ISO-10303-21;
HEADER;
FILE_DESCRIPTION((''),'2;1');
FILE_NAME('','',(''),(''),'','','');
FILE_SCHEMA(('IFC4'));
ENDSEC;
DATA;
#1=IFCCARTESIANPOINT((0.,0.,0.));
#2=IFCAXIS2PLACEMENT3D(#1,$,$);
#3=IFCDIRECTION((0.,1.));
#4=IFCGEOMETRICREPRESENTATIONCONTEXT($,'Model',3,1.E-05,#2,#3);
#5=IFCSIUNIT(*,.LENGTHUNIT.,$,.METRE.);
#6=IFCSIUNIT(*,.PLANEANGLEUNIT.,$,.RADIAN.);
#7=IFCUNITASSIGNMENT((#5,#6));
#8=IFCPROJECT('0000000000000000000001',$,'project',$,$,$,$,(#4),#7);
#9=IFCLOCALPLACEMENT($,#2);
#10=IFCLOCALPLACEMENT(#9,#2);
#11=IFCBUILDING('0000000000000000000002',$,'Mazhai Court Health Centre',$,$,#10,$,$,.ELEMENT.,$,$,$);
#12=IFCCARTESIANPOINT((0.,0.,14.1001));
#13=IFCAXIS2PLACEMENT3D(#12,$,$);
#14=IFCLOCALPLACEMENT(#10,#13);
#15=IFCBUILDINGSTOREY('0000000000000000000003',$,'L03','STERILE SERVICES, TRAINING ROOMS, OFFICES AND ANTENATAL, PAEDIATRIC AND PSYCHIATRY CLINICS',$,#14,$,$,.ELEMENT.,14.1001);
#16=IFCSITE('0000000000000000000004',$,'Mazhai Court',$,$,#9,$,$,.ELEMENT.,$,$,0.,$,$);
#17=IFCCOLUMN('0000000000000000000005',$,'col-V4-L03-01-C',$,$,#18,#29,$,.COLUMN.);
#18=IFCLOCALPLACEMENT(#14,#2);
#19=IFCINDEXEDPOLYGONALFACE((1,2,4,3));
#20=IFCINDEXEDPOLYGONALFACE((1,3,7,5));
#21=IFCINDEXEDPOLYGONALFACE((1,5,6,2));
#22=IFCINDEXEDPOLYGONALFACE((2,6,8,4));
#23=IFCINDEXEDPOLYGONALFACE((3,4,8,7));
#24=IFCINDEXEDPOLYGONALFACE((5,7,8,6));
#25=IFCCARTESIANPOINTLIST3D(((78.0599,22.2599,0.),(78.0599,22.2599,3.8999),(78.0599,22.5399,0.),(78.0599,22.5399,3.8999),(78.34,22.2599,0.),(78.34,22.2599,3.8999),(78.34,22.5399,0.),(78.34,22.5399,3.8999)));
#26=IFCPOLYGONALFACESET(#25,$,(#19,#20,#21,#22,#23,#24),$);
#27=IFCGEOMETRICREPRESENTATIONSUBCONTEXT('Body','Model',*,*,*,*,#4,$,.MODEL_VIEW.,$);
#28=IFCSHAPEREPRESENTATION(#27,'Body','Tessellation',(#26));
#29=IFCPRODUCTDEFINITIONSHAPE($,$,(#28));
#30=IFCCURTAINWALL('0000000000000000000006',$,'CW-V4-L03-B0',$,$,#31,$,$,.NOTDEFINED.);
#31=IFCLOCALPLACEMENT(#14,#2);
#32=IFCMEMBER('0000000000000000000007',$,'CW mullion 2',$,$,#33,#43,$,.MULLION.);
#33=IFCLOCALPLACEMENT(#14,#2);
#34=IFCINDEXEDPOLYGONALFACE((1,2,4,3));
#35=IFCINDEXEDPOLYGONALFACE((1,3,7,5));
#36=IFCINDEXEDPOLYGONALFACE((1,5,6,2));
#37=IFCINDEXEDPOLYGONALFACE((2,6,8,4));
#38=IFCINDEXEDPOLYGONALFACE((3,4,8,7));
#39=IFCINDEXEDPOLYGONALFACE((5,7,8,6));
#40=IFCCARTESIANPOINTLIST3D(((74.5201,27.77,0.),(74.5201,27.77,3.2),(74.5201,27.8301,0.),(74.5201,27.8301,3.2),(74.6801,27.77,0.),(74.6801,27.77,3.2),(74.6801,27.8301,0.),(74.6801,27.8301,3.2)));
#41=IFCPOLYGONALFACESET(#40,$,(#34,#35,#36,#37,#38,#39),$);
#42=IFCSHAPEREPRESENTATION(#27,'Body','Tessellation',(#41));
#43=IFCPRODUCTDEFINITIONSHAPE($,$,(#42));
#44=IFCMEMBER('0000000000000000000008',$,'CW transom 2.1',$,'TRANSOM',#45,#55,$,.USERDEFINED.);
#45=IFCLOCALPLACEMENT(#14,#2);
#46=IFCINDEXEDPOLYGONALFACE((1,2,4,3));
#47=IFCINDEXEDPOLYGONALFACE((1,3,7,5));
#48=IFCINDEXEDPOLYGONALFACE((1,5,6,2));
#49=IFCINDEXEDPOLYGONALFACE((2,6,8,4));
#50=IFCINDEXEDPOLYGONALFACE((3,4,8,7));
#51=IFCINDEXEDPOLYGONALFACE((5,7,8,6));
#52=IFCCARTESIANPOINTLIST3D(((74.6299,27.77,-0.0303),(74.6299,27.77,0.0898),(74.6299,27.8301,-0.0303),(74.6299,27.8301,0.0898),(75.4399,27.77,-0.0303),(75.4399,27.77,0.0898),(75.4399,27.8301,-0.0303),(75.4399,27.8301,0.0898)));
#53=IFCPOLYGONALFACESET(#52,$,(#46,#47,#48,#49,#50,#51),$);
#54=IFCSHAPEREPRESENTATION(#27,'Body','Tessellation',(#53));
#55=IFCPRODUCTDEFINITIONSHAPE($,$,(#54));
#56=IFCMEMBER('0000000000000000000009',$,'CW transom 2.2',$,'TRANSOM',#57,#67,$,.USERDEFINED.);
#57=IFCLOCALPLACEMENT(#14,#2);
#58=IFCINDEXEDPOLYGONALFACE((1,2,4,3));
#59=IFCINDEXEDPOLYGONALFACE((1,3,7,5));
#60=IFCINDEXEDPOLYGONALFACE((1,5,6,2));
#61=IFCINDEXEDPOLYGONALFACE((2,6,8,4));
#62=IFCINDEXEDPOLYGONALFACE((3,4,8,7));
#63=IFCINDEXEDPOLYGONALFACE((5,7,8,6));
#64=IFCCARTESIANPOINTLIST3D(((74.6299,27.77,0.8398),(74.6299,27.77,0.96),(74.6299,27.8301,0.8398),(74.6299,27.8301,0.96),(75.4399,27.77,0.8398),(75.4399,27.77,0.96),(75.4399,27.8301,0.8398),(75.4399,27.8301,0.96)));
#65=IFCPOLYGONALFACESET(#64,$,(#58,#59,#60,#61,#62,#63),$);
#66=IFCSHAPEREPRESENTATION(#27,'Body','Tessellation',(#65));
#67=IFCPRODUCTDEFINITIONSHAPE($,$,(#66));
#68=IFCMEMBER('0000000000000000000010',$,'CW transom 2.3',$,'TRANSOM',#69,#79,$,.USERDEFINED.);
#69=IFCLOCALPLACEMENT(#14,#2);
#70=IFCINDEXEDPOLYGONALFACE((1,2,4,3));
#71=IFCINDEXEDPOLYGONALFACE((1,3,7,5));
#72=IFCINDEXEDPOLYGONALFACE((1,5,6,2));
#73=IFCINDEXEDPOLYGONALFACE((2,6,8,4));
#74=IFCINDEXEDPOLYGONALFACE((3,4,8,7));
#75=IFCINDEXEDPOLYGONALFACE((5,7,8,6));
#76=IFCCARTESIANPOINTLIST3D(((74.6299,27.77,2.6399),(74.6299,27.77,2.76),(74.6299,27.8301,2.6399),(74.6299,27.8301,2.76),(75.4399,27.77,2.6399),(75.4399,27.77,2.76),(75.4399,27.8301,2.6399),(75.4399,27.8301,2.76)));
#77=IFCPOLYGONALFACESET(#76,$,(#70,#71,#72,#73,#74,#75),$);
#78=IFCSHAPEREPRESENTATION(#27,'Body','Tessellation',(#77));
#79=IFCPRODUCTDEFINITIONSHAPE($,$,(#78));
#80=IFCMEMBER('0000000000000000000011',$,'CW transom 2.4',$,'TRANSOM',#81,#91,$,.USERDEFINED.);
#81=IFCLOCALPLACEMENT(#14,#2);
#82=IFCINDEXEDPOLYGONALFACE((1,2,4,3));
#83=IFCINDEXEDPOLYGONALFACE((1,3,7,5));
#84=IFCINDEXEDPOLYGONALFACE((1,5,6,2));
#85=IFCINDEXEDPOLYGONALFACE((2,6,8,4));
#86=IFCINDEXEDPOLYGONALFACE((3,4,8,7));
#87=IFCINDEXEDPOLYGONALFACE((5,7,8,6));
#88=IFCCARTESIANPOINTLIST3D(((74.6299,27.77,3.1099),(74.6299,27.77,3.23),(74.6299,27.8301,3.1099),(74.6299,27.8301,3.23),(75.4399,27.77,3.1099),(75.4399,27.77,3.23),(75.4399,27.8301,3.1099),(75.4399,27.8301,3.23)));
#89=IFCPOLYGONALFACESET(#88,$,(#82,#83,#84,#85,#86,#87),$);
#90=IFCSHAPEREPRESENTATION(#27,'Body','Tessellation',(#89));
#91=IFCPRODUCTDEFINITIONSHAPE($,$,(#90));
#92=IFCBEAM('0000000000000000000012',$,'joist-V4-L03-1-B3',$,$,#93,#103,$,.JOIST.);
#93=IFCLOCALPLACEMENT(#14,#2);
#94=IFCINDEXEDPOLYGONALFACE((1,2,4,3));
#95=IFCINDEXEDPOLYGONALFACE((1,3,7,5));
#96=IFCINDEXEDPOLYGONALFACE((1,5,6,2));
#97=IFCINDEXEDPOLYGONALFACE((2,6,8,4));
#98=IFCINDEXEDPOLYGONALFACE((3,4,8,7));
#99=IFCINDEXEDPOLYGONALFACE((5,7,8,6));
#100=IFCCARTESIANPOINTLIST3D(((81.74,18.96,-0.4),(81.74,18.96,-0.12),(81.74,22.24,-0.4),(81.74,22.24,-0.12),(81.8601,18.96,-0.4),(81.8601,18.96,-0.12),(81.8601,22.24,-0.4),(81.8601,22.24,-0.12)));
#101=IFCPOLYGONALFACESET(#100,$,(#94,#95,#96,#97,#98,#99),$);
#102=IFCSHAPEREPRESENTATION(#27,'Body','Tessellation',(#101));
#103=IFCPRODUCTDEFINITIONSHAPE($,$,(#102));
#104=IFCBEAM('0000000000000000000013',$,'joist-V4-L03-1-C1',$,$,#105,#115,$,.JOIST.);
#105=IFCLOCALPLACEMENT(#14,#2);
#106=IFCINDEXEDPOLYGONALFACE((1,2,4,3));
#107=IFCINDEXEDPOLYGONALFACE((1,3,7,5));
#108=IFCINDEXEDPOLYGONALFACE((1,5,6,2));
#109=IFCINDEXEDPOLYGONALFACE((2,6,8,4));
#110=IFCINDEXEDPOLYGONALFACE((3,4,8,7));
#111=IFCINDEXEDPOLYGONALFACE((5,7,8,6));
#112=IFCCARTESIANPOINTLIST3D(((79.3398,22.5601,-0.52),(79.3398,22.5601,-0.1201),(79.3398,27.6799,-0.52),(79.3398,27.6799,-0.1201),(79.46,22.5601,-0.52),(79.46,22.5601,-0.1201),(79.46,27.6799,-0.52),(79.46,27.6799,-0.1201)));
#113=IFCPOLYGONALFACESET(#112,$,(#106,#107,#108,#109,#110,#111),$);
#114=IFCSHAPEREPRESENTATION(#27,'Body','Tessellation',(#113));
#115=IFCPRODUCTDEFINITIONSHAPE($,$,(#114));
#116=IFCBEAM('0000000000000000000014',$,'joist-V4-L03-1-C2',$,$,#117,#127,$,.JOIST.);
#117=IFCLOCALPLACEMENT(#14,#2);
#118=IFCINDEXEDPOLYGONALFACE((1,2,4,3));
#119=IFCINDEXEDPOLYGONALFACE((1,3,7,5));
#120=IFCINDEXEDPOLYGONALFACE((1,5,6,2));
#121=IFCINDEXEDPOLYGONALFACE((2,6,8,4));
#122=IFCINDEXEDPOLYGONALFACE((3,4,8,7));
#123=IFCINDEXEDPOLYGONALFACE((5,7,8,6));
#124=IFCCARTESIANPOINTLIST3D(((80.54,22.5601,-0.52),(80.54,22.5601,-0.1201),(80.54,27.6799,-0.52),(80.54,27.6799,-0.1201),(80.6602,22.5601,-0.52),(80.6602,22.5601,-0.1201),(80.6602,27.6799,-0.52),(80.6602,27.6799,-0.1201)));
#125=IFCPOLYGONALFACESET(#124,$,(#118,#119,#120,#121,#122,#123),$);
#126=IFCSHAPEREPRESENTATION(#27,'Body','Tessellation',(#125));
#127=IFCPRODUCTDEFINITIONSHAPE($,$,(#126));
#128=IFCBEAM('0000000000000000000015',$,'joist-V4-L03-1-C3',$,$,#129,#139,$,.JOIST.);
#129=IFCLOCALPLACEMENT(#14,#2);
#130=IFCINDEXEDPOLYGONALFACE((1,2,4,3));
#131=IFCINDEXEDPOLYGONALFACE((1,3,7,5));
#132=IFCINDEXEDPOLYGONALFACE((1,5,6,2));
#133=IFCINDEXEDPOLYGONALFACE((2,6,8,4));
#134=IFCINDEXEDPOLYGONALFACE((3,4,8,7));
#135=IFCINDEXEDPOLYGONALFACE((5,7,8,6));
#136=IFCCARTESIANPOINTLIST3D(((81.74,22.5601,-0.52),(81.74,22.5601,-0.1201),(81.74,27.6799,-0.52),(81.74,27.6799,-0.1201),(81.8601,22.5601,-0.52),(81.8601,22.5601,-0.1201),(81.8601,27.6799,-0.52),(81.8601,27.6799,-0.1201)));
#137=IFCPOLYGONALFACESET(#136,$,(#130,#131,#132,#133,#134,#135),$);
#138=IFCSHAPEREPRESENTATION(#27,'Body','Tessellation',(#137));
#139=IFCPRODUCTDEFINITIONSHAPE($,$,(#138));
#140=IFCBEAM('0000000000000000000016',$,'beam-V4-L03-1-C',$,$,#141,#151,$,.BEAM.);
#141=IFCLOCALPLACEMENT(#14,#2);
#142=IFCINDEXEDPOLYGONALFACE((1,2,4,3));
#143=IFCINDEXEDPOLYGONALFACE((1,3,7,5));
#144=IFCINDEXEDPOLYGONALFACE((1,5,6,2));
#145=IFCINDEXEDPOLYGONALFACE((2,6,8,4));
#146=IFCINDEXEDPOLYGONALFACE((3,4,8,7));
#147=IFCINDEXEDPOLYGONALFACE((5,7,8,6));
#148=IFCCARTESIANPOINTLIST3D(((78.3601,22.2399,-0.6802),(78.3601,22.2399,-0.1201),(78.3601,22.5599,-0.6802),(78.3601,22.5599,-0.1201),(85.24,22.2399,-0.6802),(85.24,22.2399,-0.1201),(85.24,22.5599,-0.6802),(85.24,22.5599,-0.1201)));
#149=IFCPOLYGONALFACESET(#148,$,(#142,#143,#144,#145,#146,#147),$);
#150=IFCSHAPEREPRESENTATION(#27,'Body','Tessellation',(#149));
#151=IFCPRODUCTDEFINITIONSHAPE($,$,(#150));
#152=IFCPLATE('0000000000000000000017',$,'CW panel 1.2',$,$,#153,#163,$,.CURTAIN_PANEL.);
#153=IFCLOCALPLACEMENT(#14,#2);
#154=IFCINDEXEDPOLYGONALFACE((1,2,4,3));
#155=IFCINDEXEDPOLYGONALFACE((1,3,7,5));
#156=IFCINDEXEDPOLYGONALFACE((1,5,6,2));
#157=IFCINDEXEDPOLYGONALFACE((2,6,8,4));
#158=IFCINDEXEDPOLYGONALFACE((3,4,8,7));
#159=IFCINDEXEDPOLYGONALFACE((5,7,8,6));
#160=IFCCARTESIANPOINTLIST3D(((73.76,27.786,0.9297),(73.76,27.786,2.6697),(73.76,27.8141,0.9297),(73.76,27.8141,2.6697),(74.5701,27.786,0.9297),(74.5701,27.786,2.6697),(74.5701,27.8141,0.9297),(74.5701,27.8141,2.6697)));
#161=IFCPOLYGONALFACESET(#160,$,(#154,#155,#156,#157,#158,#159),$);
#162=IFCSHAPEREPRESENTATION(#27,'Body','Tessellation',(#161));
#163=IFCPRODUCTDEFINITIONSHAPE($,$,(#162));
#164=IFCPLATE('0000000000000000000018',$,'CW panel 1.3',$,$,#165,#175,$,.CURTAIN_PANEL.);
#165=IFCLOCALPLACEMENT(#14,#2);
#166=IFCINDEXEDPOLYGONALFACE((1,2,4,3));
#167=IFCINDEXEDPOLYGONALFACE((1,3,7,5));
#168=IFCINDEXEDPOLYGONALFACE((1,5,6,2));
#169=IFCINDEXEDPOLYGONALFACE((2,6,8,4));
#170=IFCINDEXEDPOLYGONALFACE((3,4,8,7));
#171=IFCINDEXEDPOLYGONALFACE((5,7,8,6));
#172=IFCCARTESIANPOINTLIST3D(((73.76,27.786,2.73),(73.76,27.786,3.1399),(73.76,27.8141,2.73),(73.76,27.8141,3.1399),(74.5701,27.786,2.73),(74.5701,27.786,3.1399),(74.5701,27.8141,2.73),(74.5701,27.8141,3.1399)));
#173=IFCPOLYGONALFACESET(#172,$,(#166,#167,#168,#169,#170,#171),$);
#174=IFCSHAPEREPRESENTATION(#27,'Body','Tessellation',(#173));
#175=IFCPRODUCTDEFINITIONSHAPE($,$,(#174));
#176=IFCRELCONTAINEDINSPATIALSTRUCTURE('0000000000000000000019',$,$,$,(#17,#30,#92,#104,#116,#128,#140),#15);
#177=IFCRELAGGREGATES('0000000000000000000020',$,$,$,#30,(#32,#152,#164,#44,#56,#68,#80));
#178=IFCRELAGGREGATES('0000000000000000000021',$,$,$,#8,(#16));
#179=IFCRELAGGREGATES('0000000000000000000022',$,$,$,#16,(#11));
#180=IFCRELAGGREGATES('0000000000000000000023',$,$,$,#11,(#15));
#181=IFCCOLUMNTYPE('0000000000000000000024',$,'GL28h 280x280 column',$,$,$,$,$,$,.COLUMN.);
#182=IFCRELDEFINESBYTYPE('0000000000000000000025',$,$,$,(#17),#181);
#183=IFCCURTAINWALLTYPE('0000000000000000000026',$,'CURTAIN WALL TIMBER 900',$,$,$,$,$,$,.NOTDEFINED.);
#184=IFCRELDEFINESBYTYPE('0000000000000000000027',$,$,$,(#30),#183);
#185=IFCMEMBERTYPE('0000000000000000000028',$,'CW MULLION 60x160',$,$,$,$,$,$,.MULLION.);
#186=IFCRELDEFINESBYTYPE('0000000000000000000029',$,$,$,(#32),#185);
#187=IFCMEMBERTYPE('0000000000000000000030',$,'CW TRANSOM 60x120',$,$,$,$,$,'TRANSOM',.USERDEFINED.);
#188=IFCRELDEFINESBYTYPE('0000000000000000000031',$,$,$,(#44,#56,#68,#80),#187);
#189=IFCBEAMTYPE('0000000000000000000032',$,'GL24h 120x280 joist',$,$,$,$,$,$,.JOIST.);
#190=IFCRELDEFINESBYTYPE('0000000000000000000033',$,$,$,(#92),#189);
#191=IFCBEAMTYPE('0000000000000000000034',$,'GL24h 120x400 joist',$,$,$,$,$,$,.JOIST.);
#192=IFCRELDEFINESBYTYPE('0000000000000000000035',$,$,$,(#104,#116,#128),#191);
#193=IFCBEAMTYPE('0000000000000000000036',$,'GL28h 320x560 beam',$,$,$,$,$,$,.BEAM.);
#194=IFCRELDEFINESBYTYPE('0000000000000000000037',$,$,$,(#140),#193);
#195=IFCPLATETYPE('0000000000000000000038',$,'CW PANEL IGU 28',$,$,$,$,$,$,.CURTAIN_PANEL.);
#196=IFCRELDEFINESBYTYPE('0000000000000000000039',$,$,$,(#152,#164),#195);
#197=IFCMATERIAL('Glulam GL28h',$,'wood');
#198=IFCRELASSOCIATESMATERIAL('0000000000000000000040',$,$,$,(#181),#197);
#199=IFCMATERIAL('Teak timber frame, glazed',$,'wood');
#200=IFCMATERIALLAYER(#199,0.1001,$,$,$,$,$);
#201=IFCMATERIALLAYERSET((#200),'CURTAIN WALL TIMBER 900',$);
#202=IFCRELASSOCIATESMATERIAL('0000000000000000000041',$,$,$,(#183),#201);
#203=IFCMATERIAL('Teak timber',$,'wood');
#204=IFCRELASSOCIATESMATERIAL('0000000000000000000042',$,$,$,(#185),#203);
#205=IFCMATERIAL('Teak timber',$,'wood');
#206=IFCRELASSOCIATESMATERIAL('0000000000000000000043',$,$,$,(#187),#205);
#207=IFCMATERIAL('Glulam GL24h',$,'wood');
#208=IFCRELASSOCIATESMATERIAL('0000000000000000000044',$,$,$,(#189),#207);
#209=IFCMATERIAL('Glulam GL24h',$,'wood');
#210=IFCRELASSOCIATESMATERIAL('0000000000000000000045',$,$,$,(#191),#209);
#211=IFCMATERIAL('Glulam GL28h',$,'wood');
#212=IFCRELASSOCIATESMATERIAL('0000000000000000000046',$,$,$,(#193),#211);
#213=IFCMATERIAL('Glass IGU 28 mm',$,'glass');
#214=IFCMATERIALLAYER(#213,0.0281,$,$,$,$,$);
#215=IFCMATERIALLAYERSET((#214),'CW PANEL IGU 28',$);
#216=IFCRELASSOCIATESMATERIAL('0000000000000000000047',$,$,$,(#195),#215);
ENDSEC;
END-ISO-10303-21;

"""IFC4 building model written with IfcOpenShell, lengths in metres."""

from ifc_helpers import new_model, si_unit, direction, frame, origin, origin_2d, place, context, subcontext, project, spatial, rectangle, extrude, material, layer, layer_set, material_profile, profile_set, type_object, element, aggregate, save


model = new_model("IFC4")

# Units and contexts
model_context = context("Model", 3, precision=1e-05, world=origin(), true_north=direction((0.0, 1.0)))
body_context = subcontext(model_context, "Body", "Model", "MODEL_VIEW")
ifc_project = project(units=[si_unit("LENGTHUNIT", "METRE"), si_unit("PLANEANGLEUNIT", "RADIAN")], contexts=[model_context])

# Site, building, storey
site_placement = place(None, origin())
site = spatial("IfcSite", under=ifc_project, at=site_placement, Name="Mazhai Court", CompositionType="ELEMENT", RefElevation=0.0)
building_placement = place(site_placement, origin())
building = spatial("IfcBuilding", under=site, at=building_placement, Name="Mazhai Court Health Centre", CompositionType="ELEMENT")
storey_placement = place(building_placement, frame((0.0, 0.0, 14.1001)))
storey = spatial("IfcBuildingStorey", under=building, at=storey_placement, Name="L03", Description="STERILE SERVICES, TRAINING ROOMS, OFFICES AND ANTENATAL, PAEDIATRIC AND PSYCHIATRY CLINICS", CompositionType="ELEMENT", Elevation=14.1001)

# Column
ifc_material_1 = material(Name="Glulam GL28h", Category="wood")
ifc_material_profile_1 = material_profile(ifc_material_1, rectangle(XDim=0.28, YDim=0.28, at=origin_2d()), Name="GL28h 280x280")
ifc_profile_set_1 = profile_set([ifc_material_profile_1], Name="Glulam GL28h")
column_type = type_object("IfcColumnType", Name="GL28h 280x280 column", PredefinedType="COLUMN", material=ifc_profile_set_1)
column_placement = place(storey_placement, frame((78.2, 22.3999, 0.0), z_axis=(0.0, 0.0, 1.0), x_axis=(1.0, 0.0, 0.0)))
element("IfcColumn", 1, at=column_placement, inside=storey, type_object=column_type, Name="col-V4-L03-01-C", PredefinedType="COLUMN", context=body_context, shape_type="SweptSolid", body=[
    extrude(rectangle(XDim=0.28, YDim=0.28, at=origin_2d()), origin(), (0.0, 0.0, 1.0), 3.8999),
])

# Curtain wall, members
ifc_material_2 = material(Name="Teak timber frame, glazed", Category="wood")
ifc_layer_1 = layer(ifc_material_2, 0.1001)
ifc_layer_set_1 = layer_set([ifc_layer_1], Name="CURTAIN WALL TIMBER 900")
curtain_wall_type = type_object("IfcCurtainWallType", Name="CURTAIN WALL TIMBER 900", PredefinedType="NOTDEFINED", material=ifc_layer_set_1)
curtain_wall_placement = place(storey_placement, origin())
curtain_wall = element("IfcCurtainWall", 2, at=curtain_wall_placement, inside=storey, type_object=curtain_wall_type, Name="CW-V4-L03-B0", PredefinedType="NOTDEFINED")
ifc_material_3 = material(Name="Teak timber", Category="wood")
ifc_material_profile_2 = material_profile(ifc_material_3, rectangle(XDim=0.0601, YDim=0.1599, at=origin_2d()), Name="CW MULLION 60x160")
ifc_profile_set_2 = profile_set([ifc_material_profile_2], Name="Teak timber")
member_type_1 = type_object("IfcMemberType", Name="CW MULLION 60x160", PredefinedType="MULLION", material=ifc_profile_set_2)
member_1_placement = place(storey_placement, frame((74.6001, 27.8, 0.0), z_axis=(0.0, 0.0, 1.0), x_axis=(0.0, 1.0, 0.0)))
member_1 = element("IfcMember", 3, at=member_1_placement, type_object=member_type_1, Name="CW mullion 2", PredefinedType="MULLION", context=body_context, shape_type="SweptSolid", body=[
    extrude(rectangle(XDim=0.0601, YDim=0.1599, at=origin_2d()), origin(), (0.0, 0.0, 1.0), 3.2),
])
ifc_material_4 = material(Name="Teak timber", Category="wood")
ifc_material_profile_3 = material_profile(ifc_material_4, rectangle(XDim=0.0601, YDim=0.1201, at=origin_2d()), Name="CW TRANSOM 60x120")
ifc_profile_set_3 = profile_set([ifc_material_profile_3], Name="Teak timber")
member_type_2 = type_object("IfcMemberType", Name="CW TRANSOM 60x120", ElementType="TRANSOM", PredefinedType="USERDEFINED", material=ifc_profile_set_3)
member_2_placement = place(storey_placement, frame((74.6299, 27.8, 0.0298), z_axis=(1.0, 0.0, 0.0), x_axis=(0.0, 1.0, 0.0)))
member_2 = element("IfcMember", 4, at=member_2_placement, type_object=member_type_2, Name="CW transom 2.1", ObjectType="TRANSOM", PredefinedType="USERDEFINED", context=body_context, shape_type="SweptSolid", body=[
    extrude(rectangle(XDim=0.0601, YDim=0.1201, at=origin_2d()), origin(), (0.0, 0.0, 1.0), 0.8101),
])
member_3_placement = place(storey_placement, frame((74.6299, 27.8, 0.8999), z_axis=(1.0, 0.0, 0.0), x_axis=(0.0, 1.0, 0.0)))
member_3 = element("IfcMember", 5, at=member_3_placement, type_object=member_type_2, Name="CW transom 2.2", ObjectType="TRANSOM", PredefinedType="USERDEFINED", context=body_context, shape_type="SweptSolid", body=[
    extrude(rectangle(XDim=0.0601, YDim=0.1201, at=origin_2d()), origin(), (0.0, 0.0, 1.0), 0.8101),
])
member_4_placement = place(storey_placement, frame((74.6299, 27.8, 2.7), z_axis=(1.0, 0.0, 0.0), x_axis=(0.0, 1.0, 0.0)))
member_4 = element("IfcMember", 6, at=member_4_placement, type_object=member_type_2, Name="CW transom 2.3", ObjectType="TRANSOM", PredefinedType="USERDEFINED", context=body_context, shape_type="SweptSolid", body=[
    extrude(rectangle(XDim=0.0601, YDim=0.1201, at=origin_2d()), origin(), (0.0, 0.0, 1.0), 0.8101),
])
member_5_placement = place(storey_placement, frame((74.6299, 27.8, 3.1699), z_axis=(1.0, 0.0, 0.0), x_axis=(0.0, 1.0, 0.0)))
member_5 = element("IfcMember", 7, at=member_5_placement, type_object=member_type_2, Name="CW transom 2.4", ObjectType="TRANSOM", PredefinedType="USERDEFINED", context=body_context, shape_type="SweptSolid", body=[
    extrude(rectangle(XDim=0.0601, YDim=0.1201, at=origin_2d()), origin(), (0.0, 0.0, 1.0), 0.8101),
])

# Beams
ifc_material_5 = material(Name="Glulam GL24h", Category="wood")
ifc_material_profile_4 = material_profile(ifc_material_5, rectangle(XDim=0.1201, YDim=0.28, at=origin_2d()), Name="GL24h 120x280")
ifc_profile_set_4 = profile_set([ifc_material_profile_4], Name="Glulam GL24h")
beam_type_1 = type_object("IfcBeamType", Name="GL24h 120x280 joist", PredefinedType="JOIST", material=ifc_profile_set_4)
beam_1_placement = place(storey_placement, frame((81.8, 18.96, -0.26), z_axis=(0.0, 1.0, 0.0), x_axis=(-1.0, 0.0, 0.0)))
element("IfcBeam", 8, at=beam_1_placement, inside=storey, type_object=beam_type_1, Name="joist-V4-L03-1-B3", PredefinedType="JOIST", context=body_context, shape_type="SweptSolid", body=[
    extrude(rectangle(XDim=0.1201, YDim=0.28, at=origin_2d()), origin(), (0.0, 0.0, 1.0), 3.28),
])
ifc_material_6 = material(Name="Glulam GL24h", Category="wood")
ifc_material_profile_5 = material_profile(ifc_material_6, rectangle(XDim=0.1201, YDim=0.3999, at=origin_2d()), Name="GL24h 120x400")
ifc_profile_set_5 = profile_set([ifc_material_profile_5], Name="Glulam GL24h")
beam_type_2 = type_object("IfcBeamType", Name="GL24h 120x400 joist", PredefinedType="JOIST", material=ifc_profile_set_5)
for number, where, z_axis, x_axis, name in (
    (9, (79.3999, 22.5601, -0.3201), (0.0, 1.0, 0.0), (-1.0, 0.0, 0.0), "joist-V4-L03-1-C1"),
    (10, (80.6001, 22.5601, -0.3201), (0.0, 1.0, 0.0), (-1.0, 0.0, 0.0), "joist-V4-L03-1-C2"),
    (11, (81.8, 22.5601, -0.3201), (0.0, 1.0, 0.0), (-1.0, 0.0, 0.0), "joist-V4-L03-1-C3"),
):
    element("IfcBeam", number, at=place(storey_placement, frame(where, z_axis=z_axis, x_axis=x_axis)), inside=storey, type_object=beam_type_2, Name=name, PredefinedType="JOIST", context=body_context, shape_type="SweptSolid", body=[
        extrude(rectangle(XDim=0.1201, YDim=0.3999, at=origin_2d()), origin(), (0.0, 0.0, 1.0), 5.1199),
    ])
ifc_material_7 = material(Name="Glulam GL28h", Category="wood")
ifc_material_profile_6 = material_profile(ifc_material_7, rectangle(XDim=0.3201, YDim=0.5601, at=origin_2d()), Name="GL28h 320x560")
ifc_profile_set_6 = profile_set([ifc_material_profile_6], Name="Glulam GL28h")
beam_type_3 = type_object("IfcBeamType", Name="GL28h 320x560 beam", PredefinedType="BEAM", material=ifc_profile_set_6)
beam_2_placement = place(storey_placement, frame((78.3601, 22.3999, -0.4001), z_axis=(1.0, 0.0, 0.0), x_axis=(0.0, 1.0, 0.0)))
element("IfcBeam", 12, at=beam_2_placement, inside=storey, type_object=beam_type_3, Name="beam-V4-L03-1-C", PredefinedType="BEAM", context=body_context, shape_type="SweptSolid", body=[
    extrude(rectangle(XDim=0.3201, YDim=0.5601, at=origin_2d()), origin(), (0.0, 0.0, 1.0), 6.8799),
])

# Plates
ifc_material_8 = material(Name="Glass IGU 28 mm", Category="glass")
ifc_layer_2 = layer(ifc_material_8, 0.0281)
ifc_layer_set_2 = layer_set([ifc_layer_2], Name="CW PANEL IGU 28")
plate_type = type_object("IfcPlateType", Name="CW PANEL IGU 28", PredefinedType="CURTAIN_PANEL", material=ifc_layer_set_2)
plate_1_placement = place(storey_placement, frame((74.165, 27.8, 0.9297), z_axis=(0.0, 0.0, 1.0), x_axis=(1.0, 0.0, 0.0)))
plate_1 = element("IfcPlate", 13, at=plate_1_placement, type_object=plate_type, Name="CW panel 1.2", PredefinedType="CURTAIN_PANEL", context=body_context, shape_type="SweptSolid", body=[
    extrude(rectangle(XDim=0.8101, YDim=0.0281, at=origin_2d()), origin(), (0.0, 0.0, 1.0), 1.74),
])
plate_2_placement = place(storey_placement, frame((74.165, 27.8, 2.73), z_axis=(0.0, 0.0, 1.0), x_axis=(1.0, 0.0, 0.0)))
plate_2 = element("IfcPlate", 14, at=plate_2_placement, type_object=plate_type, Name="CW panel 1.3", PredefinedType="CURTAIN_PANEL", context=body_context, shape_type="SweptSolid", body=[
    extrude(rectangle(XDim=0.8101, YDim=0.0281, at=origin_2d()), origin(), (0.0, 0.0, 1.0), 0.4099),
])
aggregate(curtain_wall, [member_1, plate_1, plate_2, member_2, member_3, member_4, member_5])

save(model, "model.ifc")
